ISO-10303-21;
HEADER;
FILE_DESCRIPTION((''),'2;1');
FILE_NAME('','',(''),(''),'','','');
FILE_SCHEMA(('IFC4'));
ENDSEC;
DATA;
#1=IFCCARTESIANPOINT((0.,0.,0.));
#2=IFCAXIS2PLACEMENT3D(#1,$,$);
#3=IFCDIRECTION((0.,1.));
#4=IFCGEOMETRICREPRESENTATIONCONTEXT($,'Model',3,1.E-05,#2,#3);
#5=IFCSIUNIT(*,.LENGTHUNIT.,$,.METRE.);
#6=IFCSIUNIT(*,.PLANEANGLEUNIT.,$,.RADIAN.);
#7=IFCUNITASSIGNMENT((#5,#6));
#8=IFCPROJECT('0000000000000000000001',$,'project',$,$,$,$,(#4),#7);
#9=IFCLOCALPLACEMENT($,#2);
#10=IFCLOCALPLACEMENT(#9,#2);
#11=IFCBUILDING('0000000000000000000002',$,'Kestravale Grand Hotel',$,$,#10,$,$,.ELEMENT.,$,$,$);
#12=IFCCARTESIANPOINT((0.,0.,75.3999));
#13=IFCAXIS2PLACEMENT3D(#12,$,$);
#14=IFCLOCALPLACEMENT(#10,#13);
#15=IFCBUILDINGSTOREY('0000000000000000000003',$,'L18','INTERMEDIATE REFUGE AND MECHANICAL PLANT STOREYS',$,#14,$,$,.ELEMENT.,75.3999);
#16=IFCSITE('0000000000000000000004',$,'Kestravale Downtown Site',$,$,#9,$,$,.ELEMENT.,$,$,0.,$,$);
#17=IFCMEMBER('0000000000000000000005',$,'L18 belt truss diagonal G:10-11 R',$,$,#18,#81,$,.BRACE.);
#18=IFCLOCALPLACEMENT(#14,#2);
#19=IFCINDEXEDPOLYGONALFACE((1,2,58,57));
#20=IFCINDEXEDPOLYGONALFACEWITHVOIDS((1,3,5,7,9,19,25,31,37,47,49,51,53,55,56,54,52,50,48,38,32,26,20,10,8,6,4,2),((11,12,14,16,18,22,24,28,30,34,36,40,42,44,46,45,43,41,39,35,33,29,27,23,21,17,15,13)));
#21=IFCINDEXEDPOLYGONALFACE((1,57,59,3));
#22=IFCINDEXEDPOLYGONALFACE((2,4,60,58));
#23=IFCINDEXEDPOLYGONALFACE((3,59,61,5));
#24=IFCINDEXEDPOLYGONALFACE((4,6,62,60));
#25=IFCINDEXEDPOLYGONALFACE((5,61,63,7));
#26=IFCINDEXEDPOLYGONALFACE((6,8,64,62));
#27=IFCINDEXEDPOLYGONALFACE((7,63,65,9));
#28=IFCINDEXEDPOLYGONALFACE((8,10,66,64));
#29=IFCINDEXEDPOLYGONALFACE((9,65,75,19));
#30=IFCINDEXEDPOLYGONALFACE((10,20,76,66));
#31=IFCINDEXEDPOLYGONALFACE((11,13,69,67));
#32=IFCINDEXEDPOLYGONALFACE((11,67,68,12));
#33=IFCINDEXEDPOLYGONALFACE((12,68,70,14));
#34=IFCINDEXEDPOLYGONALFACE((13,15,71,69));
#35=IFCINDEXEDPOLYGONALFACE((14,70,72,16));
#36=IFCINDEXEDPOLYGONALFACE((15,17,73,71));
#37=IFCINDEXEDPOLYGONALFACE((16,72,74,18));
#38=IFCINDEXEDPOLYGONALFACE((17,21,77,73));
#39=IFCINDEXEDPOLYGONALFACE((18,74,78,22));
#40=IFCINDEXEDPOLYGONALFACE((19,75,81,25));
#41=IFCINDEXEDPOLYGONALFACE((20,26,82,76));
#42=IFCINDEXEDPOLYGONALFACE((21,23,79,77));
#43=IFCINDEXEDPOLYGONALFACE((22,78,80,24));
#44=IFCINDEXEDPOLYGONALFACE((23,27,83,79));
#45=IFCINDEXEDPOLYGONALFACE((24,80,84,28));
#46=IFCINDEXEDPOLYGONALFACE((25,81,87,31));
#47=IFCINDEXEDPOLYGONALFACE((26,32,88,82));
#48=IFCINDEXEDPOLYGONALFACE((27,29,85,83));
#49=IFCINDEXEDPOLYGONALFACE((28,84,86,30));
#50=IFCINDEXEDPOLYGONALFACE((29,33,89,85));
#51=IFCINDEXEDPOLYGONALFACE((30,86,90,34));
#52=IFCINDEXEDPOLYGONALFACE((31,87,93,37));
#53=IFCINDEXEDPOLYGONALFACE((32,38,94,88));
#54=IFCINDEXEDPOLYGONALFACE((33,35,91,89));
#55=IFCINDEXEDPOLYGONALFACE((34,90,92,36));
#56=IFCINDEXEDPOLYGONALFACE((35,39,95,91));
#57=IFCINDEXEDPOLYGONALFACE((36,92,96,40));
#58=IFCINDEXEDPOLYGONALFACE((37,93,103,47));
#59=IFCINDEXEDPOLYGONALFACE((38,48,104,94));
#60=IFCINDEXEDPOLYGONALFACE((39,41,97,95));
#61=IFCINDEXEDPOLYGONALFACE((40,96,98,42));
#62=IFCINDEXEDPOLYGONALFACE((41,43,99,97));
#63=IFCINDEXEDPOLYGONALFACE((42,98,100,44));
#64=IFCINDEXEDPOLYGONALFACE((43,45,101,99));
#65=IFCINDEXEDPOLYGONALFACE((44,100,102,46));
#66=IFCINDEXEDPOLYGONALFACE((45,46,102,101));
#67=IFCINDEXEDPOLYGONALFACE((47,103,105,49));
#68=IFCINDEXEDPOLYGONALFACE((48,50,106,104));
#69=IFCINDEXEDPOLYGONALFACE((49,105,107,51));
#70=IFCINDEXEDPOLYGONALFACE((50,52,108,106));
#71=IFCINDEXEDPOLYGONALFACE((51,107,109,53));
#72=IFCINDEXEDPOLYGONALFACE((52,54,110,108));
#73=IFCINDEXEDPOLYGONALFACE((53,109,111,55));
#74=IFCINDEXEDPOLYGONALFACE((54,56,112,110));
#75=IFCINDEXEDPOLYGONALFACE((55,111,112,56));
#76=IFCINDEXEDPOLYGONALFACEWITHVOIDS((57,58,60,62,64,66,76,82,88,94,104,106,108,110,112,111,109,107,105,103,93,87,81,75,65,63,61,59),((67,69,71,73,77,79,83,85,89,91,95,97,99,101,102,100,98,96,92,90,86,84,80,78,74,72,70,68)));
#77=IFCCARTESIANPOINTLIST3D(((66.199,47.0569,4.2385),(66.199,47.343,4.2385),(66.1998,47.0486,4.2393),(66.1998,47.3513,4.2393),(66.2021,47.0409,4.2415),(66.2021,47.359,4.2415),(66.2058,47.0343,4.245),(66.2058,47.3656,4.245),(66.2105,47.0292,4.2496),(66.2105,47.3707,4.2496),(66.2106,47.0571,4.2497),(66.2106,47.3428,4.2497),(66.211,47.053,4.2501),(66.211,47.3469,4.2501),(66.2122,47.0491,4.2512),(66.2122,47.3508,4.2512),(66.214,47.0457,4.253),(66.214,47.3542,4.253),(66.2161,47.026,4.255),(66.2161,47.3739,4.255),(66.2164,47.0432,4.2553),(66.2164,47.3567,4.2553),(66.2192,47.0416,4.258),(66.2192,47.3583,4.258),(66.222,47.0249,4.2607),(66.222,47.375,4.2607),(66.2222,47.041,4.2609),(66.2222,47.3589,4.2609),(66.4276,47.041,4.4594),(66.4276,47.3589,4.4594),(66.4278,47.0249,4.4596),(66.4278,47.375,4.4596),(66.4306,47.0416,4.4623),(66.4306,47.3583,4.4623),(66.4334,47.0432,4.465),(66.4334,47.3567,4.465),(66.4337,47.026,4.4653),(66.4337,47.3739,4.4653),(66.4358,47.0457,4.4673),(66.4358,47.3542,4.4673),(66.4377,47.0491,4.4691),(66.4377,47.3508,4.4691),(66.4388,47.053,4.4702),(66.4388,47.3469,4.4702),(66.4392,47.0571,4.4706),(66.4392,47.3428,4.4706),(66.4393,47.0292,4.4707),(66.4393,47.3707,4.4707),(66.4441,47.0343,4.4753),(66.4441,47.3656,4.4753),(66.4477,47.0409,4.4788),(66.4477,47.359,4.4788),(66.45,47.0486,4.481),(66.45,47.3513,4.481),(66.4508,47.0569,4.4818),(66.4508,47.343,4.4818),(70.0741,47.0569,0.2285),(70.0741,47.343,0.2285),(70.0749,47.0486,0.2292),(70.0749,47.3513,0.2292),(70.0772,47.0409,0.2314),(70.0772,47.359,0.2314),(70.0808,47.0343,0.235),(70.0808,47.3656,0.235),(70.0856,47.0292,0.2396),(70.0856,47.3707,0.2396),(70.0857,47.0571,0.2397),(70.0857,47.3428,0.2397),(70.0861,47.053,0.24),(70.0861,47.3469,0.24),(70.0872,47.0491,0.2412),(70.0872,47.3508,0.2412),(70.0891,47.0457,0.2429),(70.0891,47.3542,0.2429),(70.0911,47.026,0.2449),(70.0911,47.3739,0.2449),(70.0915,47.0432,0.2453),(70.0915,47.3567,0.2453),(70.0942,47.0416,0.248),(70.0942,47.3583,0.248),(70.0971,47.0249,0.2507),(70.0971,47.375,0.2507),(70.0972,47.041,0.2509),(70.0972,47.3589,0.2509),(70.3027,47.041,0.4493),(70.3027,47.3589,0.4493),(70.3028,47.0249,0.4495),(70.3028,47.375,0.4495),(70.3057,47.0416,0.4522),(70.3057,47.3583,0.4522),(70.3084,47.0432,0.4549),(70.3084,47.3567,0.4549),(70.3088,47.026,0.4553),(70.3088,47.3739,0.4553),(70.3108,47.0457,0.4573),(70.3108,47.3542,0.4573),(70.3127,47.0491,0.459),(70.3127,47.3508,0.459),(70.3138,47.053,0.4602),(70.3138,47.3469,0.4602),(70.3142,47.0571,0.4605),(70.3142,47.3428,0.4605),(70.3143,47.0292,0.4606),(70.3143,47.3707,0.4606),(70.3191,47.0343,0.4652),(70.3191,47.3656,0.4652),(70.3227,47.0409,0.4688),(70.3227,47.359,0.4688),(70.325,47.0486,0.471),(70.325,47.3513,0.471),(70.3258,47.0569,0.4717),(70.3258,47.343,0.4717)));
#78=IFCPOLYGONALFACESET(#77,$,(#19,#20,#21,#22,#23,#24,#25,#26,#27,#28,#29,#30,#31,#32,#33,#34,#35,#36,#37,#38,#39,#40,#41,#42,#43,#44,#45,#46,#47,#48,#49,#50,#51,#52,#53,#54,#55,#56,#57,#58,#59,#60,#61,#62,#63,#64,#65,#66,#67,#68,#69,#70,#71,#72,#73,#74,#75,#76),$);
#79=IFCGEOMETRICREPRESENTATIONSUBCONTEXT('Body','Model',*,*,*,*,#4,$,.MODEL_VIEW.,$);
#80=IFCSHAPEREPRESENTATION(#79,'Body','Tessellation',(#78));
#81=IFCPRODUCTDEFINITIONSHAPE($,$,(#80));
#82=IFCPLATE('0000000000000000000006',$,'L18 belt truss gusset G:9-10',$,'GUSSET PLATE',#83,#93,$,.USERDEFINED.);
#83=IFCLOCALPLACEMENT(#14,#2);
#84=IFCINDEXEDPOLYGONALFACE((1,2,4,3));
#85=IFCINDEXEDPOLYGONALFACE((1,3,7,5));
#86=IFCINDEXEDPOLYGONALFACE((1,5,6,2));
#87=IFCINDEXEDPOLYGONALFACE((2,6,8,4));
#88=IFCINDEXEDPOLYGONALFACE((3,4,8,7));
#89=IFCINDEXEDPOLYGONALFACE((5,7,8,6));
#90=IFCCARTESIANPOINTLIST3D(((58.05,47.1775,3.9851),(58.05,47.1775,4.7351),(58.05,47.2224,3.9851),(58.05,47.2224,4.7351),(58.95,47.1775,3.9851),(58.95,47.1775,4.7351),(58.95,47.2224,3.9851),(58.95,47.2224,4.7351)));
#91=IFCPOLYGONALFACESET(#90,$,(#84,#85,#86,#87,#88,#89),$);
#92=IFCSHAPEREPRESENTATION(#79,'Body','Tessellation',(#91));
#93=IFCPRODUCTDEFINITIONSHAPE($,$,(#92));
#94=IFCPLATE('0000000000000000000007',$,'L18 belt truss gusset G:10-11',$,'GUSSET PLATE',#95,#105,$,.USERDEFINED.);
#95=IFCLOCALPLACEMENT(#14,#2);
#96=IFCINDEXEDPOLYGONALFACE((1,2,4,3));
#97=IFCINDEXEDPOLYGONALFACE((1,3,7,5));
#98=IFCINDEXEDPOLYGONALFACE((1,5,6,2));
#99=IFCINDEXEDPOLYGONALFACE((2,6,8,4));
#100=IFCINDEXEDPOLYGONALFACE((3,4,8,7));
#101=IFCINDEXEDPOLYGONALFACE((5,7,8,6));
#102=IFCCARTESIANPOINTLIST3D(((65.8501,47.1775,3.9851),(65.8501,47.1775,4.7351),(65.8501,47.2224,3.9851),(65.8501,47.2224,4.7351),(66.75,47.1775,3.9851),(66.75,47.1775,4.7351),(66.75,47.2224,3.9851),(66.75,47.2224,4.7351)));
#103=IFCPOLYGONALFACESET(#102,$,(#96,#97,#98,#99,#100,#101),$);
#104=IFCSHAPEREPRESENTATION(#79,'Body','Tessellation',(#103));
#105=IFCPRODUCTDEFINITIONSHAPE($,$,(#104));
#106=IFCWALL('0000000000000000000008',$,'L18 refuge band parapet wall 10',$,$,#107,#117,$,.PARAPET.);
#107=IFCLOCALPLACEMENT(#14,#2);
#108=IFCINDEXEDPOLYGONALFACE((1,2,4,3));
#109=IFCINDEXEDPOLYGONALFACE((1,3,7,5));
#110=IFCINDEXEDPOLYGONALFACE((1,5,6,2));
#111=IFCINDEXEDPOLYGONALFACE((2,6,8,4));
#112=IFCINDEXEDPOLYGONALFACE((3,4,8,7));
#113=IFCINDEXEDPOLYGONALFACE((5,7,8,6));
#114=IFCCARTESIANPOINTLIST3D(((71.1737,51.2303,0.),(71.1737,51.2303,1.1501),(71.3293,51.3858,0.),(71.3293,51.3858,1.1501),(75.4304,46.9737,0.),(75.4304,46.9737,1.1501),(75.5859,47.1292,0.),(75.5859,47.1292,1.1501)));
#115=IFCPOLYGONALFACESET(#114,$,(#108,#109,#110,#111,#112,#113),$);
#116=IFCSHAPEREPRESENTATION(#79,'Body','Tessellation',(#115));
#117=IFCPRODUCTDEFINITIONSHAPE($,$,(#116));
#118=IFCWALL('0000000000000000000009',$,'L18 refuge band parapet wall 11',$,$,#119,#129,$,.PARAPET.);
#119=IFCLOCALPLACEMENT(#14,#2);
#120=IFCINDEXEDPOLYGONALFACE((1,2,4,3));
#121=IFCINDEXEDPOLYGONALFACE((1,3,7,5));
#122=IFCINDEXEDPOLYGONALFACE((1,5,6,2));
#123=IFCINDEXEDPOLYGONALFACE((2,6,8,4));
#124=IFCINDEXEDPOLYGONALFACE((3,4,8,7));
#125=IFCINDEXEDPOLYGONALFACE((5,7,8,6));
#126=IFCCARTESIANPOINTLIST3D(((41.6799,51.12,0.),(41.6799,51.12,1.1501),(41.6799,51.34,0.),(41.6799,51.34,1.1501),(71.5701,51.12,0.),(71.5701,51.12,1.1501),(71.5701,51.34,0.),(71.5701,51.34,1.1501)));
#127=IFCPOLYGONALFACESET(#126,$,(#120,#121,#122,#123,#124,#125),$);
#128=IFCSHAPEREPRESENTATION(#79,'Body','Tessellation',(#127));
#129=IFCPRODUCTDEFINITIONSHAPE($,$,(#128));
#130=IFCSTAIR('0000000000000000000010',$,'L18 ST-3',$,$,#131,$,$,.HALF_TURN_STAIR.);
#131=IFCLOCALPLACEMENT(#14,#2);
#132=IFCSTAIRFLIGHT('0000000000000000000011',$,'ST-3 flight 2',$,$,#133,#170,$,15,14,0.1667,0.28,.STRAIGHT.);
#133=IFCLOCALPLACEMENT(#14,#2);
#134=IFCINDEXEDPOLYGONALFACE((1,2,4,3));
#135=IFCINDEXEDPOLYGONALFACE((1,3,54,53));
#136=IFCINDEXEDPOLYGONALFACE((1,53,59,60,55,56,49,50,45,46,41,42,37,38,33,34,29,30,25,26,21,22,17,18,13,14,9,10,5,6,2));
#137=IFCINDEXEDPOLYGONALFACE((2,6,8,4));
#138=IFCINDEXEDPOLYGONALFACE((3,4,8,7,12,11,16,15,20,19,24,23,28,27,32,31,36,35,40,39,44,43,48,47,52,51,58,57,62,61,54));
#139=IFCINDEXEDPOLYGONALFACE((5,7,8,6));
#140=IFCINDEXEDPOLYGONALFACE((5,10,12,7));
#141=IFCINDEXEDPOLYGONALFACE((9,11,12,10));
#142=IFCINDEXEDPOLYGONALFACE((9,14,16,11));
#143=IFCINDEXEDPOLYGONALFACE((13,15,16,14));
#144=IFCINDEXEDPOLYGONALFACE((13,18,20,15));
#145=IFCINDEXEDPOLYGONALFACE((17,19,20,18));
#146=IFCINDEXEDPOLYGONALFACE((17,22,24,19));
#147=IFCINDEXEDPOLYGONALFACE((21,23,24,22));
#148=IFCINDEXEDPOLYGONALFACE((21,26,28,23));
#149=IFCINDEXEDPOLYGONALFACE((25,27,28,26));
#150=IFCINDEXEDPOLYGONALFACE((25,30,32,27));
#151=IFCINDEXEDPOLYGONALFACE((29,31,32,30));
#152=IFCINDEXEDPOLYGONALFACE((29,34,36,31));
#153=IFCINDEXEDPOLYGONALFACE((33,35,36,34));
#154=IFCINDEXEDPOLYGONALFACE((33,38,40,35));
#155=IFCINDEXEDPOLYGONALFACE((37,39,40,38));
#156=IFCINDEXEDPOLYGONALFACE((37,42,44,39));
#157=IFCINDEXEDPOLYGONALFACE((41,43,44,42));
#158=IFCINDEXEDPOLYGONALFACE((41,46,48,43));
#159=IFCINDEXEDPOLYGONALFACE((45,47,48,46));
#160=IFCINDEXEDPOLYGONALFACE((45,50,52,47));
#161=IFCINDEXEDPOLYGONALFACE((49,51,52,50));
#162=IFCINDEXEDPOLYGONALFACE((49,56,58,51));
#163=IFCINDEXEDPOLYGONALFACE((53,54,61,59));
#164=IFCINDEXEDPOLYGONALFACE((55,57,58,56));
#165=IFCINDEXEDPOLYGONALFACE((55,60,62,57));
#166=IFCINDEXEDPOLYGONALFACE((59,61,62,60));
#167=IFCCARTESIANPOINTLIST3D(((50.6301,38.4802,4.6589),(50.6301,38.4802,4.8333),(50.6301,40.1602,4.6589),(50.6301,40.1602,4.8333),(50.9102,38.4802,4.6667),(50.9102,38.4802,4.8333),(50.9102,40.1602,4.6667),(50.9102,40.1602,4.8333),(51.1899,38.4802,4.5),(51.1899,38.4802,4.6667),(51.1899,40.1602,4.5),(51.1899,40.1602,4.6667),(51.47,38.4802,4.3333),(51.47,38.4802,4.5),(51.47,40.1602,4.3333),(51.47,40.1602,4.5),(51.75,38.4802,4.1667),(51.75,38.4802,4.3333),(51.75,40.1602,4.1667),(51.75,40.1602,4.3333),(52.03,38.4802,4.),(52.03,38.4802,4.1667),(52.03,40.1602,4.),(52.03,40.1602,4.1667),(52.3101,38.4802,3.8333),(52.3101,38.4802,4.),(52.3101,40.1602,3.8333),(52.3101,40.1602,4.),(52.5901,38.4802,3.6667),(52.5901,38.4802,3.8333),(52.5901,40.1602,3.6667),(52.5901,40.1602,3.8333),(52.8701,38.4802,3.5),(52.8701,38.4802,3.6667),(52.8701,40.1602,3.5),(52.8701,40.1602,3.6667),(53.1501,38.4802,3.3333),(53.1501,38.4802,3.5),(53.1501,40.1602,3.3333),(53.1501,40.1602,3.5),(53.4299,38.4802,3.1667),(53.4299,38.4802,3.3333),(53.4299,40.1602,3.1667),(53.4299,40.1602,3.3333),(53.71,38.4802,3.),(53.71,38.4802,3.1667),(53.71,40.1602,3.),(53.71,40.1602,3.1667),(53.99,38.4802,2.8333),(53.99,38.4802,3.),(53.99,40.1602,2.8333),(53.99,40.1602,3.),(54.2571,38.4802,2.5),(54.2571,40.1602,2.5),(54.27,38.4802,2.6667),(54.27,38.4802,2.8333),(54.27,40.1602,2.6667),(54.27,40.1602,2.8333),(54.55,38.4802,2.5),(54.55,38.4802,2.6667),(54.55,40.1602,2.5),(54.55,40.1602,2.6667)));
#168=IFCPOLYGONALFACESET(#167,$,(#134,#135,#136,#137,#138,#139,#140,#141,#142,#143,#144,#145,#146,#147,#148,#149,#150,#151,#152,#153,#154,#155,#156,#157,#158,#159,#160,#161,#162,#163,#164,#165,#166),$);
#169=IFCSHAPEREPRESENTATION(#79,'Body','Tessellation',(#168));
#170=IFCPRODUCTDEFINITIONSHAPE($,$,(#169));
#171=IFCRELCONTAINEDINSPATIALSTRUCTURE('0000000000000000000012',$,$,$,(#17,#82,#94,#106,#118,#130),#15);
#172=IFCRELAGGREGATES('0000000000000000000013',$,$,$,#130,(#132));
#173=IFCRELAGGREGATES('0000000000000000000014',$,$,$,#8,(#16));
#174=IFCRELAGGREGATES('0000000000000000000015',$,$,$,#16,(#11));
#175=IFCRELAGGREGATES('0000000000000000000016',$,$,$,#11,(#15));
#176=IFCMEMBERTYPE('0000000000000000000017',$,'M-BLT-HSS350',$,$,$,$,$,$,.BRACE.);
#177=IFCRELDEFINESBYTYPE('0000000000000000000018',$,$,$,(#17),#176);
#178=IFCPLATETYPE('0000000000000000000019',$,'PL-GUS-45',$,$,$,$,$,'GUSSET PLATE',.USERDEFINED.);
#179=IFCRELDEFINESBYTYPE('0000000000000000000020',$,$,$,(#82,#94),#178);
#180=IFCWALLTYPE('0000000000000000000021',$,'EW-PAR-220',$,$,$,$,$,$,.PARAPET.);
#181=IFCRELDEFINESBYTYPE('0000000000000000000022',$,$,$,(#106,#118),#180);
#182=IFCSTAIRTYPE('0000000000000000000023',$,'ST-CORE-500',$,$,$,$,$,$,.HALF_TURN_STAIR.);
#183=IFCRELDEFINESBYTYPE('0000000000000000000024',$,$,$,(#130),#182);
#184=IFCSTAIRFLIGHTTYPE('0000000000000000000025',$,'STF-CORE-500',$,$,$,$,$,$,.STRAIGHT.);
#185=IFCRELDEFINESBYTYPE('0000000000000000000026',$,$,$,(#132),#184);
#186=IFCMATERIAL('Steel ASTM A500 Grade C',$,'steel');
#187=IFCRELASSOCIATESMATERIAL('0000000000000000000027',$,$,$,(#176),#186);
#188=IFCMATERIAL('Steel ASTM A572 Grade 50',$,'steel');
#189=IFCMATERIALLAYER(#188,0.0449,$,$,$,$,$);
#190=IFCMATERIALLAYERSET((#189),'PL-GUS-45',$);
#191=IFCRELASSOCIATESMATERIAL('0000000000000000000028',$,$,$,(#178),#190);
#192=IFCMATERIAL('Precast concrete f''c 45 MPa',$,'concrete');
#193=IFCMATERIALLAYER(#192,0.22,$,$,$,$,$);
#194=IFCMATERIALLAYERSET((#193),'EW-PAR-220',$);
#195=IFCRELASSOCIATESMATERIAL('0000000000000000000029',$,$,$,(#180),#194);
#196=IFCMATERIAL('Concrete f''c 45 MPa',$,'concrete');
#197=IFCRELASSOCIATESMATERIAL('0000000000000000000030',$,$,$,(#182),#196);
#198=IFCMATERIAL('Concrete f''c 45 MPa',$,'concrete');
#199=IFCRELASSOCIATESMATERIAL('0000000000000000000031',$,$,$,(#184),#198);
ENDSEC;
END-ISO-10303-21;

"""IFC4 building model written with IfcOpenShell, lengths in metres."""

from ifc_helpers import new_model, si_unit, direction, frame, frame_2d, origin, origin_2d, place, context, subcontext, project, spatial, polyline, rectangle, hollow_rectangle, outline, extrude, material, layer, layer_set, material_profile, profile_set, type_object, element, aggregate, save


model = new_model("IFC4")

# Units and contexts
model_context = context("Model", 3, precision=1e-05, world=origin(), true_north=direction((0.0, 1.0)))
body_context = subcontext(model_context, "Body", "Model", "MODEL_VIEW")
ifc_project = project(units=[si_unit("LENGTHUNIT", "METRE"), si_unit("PLANEANGLEUNIT", "RADIAN")], contexts=[model_context])

# Site, building, storey
site_placement = place(None, origin())
site = spatial("IfcSite", under=ifc_project, at=site_placement, Name="Kestravale Downtown Site", CompositionType="ELEMENT", RefElevation=0.0)
building_placement = place(site_placement, origin())
building = spatial("IfcBuilding", under=site, at=building_placement, Name="Kestravale Grand Hotel", CompositionType="ELEMENT")
storey_placement = place(building_placement, frame((0.0, 0.0, 75.3999)))
storey = spatial("IfcBuildingStorey", under=building, at=storey_placement, Name="L18", Description="INTERMEDIATE REFUGE AND MECHANICAL PLANT STOREYS", CompositionType="ELEMENT", Elevation=75.3999)

# Member
ifc_material_1 = material(Name="Steel ASTM A500 Grade C", Category="steel")
ifc_material_profile_1 = material_profile(ifc_material_1, hollow_rectangle(XDim=0.3501, YDim=0.3501, WallThickness=0.0161, InnerFilletRadius=0.0161, OuterFilletRadius=0.032, at=origin_2d()))
ifc_profile_set_1 = profile_set([ifc_material_profile_1], Name="Steel ASTM A500 Grade C")
member_type_1 = type_object("IfcMemberType", Name="M-BLT-HSS350", PredefinedType="BRACE", material=ifc_profile_set_1)
for number, where, z_axis, x_axis, name in (
    (1, (70.2, 47.2, 0.3501), (-0.694898, 0.0, 0.719109), (0.0, -1.0, 0.0), "L18 belt truss diagonal G:10-11 R"),
):
    element("IfcMember", number, at=place(storey_placement, frame(where, z_axis=z_axis, x_axis=x_axis)), inside=storey, type_object=member_type_1, Name=name, PredefinedType="BRACE", context=body_context, shape_type="SweptSolid", body=[
        extrude(hollow_rectangle(XDim=0.3501, YDim=0.3501, WallThickness=0.0161, InnerFilletRadius=0.0161, OuterFilletRadius=0.032, at=origin_2d()), origin(), (0.0, 0.0, 1.0), 5.5764),
    ])

# Plates
ifc_material_2 = material(Name="Steel ASTM A572 Grade 50", Category="steel")
ifc_layer_1 = layer(ifc_material_2, 0.0449)
ifc_layer_set_1 = layer_set([ifc_layer_1], Name="PL-GUS-45")
plate_type = type_object("IfcPlateType", Name="PL-GUS-45", ElementType="GUSSET PLATE", PredefinedType="USERDEFINED", material=ifc_layer_set_1)
for number, where, z_axis, x_axis, name in (
    (2, (58.5, 47.2, 3.9851), (0.0, 0.0, 1.0), (1.0, 0.0, 0.0), "L18 belt truss gusset G:9-10"),
    (3, (66.3, 47.2, 3.9851), (0.0, 0.0, 1.0), (1.0, 0.0, 0.0), "L18 belt truss gusset G:10-11"),
):
    element("IfcPlate", number, at=place(storey_placement, frame(where, z_axis=z_axis, x_axis=x_axis)), inside=storey, type_object=plate_type, Name=name, ObjectType="GUSSET PLATE", PredefinedType="USERDEFINED", context=body_context, shape_type="SweptSolid", body=[
        extrude(rectangle(XDim=0.8999, YDim=0.0449, at=origin_2d()), origin(), (0.0, 0.0, 1.0), 0.75),
    ])

# Walls
ifc_material_3 = material(Name="Precast concrete f'c 45 MPa", Category="concrete")
ifc_layer_2 = layer(ifc_material_3, 0.22)
ifc_layer_set_2 = layer_set([ifc_layer_2], Name="EW-PAR-220")
wall_type = type_object("IfcWallType", Name="EW-PAR-220", PredefinedType="PARAPET", material=ifc_layer_set_2)
wall_1_placement = place(storey_placement, frame((75.5081, 47.0515, 0.0), z_axis=(0.0, 0.0, 1.0), x_axis=(-0.707107, 0.707107, 0.0)))
element("IfcWall", 4, at=wall_1_placement, inside=storey, type_object=wall_type, Name="L18 refuge band parapet wall 10", PredefinedType="PARAPET", context=body_context, shape_type="SweptSolid", body=[
    extrude(rectangle(XDim=6.0198, YDim=0.22, at=frame_2d((3.0098, 0.0))), origin(), (0.0, 0.0, 1.0), 1.1501),
])
wall_2_placement = place(storey_placement, frame((71.5701, 51.23, 0.0), z_axis=(0.0, 0.0, 1.0), x_axis=(-1.0, 0.0, 0.0)))
element("IfcWall", 5, at=wall_2_placement, inside=storey, type_object=wall_type, Name="L18 refuge band parapet wall 11", PredefinedType="PARAPET", context=body_context, shape_type="SweptSolid", body=[
    extrude(rectangle(XDim=29.8901, YDim=0.22, at=frame_2d((14.9451, 0.0))), origin(), (0.0, 0.0, 1.0), 1.1501),
])

# Stair, stair flight
ifc_material_4 = material(Name="Concrete f'c 45 MPa", Category="concrete")
stair_type = type_object("IfcStairType", Name="ST-CORE-500", PredefinedType="HALF_TURN_STAIR", material=ifc_material_4)
stair_placement = place(storey_placement, origin())
stair = element("IfcStair", 6, at=stair_placement, inside=storey, type_object=stair_type, Name="L18 ST-3", PredefinedType="HALF_TURN_STAIR")
ifc_material_5 = material(Name="Concrete f'c 45 MPa", Category="concrete")
stair_flight_type = type_object("IfcStairFlightType", Name="STF-CORE-500", PredefinedType="STRAIGHT", material=ifc_material_5)
stair_flight_placement = place(storey_placement, frame((54.55, 39.3201, 2.5), z_axis=(0.0, 0.0, 1.0), x_axis=(-1.0, 0.0, 0.0)))
stair_flight = element("IfcStairFlight", 7, at=stair_flight_placement, type_object=stair_flight_type, Name="ST-3 flight 2", NumberOfRisers=15, NumberOfTreads=14, PredefinedType="STRAIGHT", RiserHeight=0.1667, TreadLength=0.28, context=body_context, shape_type="SweptSolid", body=[
    extrude(outline(polyline([(0.0, 0.0), (0.0, 0.1667), (0.28, 0.1667), (0.28, 0.3333), (0.5601, 0.3333), (0.5601, 0.5), (0.8401, 0.5), (0.8401, 0.6667), (1.1201, 0.6667), (1.1201, 0.8333), (1.3999, 0.8333), (1.3999, 1.0), (1.6799, 1.0), (1.6799, 1.1667), (1.96, 1.1667), (1.96, 1.3333), (2.24, 1.3333), (2.24, 1.5), (2.52, 1.5), (2.52, 1.6667), (2.8, 1.6667), (2.8, 1.8333), (3.0801, 1.8333), (3.0801, 2.0), (3.3601, 2.0), (3.3601, 2.1667), (3.6399, 2.1667), (3.6399, 2.3333), (3.9199, 2.3333), (3.9199, 2.5), (3.9199, 2.1589), (0.293, 0.0), (0.0, 0.0)])), frame((0.0, 0.8398, 0.0), z_axis=(0.0, -1.0, 0.0), x_axis=(1.0, 0.0, 0.0)), (0.0, 0.0, 1.0), 1.6799),
])
aggregate(stair, [stair_flight])

save(model, "model.ifc")
